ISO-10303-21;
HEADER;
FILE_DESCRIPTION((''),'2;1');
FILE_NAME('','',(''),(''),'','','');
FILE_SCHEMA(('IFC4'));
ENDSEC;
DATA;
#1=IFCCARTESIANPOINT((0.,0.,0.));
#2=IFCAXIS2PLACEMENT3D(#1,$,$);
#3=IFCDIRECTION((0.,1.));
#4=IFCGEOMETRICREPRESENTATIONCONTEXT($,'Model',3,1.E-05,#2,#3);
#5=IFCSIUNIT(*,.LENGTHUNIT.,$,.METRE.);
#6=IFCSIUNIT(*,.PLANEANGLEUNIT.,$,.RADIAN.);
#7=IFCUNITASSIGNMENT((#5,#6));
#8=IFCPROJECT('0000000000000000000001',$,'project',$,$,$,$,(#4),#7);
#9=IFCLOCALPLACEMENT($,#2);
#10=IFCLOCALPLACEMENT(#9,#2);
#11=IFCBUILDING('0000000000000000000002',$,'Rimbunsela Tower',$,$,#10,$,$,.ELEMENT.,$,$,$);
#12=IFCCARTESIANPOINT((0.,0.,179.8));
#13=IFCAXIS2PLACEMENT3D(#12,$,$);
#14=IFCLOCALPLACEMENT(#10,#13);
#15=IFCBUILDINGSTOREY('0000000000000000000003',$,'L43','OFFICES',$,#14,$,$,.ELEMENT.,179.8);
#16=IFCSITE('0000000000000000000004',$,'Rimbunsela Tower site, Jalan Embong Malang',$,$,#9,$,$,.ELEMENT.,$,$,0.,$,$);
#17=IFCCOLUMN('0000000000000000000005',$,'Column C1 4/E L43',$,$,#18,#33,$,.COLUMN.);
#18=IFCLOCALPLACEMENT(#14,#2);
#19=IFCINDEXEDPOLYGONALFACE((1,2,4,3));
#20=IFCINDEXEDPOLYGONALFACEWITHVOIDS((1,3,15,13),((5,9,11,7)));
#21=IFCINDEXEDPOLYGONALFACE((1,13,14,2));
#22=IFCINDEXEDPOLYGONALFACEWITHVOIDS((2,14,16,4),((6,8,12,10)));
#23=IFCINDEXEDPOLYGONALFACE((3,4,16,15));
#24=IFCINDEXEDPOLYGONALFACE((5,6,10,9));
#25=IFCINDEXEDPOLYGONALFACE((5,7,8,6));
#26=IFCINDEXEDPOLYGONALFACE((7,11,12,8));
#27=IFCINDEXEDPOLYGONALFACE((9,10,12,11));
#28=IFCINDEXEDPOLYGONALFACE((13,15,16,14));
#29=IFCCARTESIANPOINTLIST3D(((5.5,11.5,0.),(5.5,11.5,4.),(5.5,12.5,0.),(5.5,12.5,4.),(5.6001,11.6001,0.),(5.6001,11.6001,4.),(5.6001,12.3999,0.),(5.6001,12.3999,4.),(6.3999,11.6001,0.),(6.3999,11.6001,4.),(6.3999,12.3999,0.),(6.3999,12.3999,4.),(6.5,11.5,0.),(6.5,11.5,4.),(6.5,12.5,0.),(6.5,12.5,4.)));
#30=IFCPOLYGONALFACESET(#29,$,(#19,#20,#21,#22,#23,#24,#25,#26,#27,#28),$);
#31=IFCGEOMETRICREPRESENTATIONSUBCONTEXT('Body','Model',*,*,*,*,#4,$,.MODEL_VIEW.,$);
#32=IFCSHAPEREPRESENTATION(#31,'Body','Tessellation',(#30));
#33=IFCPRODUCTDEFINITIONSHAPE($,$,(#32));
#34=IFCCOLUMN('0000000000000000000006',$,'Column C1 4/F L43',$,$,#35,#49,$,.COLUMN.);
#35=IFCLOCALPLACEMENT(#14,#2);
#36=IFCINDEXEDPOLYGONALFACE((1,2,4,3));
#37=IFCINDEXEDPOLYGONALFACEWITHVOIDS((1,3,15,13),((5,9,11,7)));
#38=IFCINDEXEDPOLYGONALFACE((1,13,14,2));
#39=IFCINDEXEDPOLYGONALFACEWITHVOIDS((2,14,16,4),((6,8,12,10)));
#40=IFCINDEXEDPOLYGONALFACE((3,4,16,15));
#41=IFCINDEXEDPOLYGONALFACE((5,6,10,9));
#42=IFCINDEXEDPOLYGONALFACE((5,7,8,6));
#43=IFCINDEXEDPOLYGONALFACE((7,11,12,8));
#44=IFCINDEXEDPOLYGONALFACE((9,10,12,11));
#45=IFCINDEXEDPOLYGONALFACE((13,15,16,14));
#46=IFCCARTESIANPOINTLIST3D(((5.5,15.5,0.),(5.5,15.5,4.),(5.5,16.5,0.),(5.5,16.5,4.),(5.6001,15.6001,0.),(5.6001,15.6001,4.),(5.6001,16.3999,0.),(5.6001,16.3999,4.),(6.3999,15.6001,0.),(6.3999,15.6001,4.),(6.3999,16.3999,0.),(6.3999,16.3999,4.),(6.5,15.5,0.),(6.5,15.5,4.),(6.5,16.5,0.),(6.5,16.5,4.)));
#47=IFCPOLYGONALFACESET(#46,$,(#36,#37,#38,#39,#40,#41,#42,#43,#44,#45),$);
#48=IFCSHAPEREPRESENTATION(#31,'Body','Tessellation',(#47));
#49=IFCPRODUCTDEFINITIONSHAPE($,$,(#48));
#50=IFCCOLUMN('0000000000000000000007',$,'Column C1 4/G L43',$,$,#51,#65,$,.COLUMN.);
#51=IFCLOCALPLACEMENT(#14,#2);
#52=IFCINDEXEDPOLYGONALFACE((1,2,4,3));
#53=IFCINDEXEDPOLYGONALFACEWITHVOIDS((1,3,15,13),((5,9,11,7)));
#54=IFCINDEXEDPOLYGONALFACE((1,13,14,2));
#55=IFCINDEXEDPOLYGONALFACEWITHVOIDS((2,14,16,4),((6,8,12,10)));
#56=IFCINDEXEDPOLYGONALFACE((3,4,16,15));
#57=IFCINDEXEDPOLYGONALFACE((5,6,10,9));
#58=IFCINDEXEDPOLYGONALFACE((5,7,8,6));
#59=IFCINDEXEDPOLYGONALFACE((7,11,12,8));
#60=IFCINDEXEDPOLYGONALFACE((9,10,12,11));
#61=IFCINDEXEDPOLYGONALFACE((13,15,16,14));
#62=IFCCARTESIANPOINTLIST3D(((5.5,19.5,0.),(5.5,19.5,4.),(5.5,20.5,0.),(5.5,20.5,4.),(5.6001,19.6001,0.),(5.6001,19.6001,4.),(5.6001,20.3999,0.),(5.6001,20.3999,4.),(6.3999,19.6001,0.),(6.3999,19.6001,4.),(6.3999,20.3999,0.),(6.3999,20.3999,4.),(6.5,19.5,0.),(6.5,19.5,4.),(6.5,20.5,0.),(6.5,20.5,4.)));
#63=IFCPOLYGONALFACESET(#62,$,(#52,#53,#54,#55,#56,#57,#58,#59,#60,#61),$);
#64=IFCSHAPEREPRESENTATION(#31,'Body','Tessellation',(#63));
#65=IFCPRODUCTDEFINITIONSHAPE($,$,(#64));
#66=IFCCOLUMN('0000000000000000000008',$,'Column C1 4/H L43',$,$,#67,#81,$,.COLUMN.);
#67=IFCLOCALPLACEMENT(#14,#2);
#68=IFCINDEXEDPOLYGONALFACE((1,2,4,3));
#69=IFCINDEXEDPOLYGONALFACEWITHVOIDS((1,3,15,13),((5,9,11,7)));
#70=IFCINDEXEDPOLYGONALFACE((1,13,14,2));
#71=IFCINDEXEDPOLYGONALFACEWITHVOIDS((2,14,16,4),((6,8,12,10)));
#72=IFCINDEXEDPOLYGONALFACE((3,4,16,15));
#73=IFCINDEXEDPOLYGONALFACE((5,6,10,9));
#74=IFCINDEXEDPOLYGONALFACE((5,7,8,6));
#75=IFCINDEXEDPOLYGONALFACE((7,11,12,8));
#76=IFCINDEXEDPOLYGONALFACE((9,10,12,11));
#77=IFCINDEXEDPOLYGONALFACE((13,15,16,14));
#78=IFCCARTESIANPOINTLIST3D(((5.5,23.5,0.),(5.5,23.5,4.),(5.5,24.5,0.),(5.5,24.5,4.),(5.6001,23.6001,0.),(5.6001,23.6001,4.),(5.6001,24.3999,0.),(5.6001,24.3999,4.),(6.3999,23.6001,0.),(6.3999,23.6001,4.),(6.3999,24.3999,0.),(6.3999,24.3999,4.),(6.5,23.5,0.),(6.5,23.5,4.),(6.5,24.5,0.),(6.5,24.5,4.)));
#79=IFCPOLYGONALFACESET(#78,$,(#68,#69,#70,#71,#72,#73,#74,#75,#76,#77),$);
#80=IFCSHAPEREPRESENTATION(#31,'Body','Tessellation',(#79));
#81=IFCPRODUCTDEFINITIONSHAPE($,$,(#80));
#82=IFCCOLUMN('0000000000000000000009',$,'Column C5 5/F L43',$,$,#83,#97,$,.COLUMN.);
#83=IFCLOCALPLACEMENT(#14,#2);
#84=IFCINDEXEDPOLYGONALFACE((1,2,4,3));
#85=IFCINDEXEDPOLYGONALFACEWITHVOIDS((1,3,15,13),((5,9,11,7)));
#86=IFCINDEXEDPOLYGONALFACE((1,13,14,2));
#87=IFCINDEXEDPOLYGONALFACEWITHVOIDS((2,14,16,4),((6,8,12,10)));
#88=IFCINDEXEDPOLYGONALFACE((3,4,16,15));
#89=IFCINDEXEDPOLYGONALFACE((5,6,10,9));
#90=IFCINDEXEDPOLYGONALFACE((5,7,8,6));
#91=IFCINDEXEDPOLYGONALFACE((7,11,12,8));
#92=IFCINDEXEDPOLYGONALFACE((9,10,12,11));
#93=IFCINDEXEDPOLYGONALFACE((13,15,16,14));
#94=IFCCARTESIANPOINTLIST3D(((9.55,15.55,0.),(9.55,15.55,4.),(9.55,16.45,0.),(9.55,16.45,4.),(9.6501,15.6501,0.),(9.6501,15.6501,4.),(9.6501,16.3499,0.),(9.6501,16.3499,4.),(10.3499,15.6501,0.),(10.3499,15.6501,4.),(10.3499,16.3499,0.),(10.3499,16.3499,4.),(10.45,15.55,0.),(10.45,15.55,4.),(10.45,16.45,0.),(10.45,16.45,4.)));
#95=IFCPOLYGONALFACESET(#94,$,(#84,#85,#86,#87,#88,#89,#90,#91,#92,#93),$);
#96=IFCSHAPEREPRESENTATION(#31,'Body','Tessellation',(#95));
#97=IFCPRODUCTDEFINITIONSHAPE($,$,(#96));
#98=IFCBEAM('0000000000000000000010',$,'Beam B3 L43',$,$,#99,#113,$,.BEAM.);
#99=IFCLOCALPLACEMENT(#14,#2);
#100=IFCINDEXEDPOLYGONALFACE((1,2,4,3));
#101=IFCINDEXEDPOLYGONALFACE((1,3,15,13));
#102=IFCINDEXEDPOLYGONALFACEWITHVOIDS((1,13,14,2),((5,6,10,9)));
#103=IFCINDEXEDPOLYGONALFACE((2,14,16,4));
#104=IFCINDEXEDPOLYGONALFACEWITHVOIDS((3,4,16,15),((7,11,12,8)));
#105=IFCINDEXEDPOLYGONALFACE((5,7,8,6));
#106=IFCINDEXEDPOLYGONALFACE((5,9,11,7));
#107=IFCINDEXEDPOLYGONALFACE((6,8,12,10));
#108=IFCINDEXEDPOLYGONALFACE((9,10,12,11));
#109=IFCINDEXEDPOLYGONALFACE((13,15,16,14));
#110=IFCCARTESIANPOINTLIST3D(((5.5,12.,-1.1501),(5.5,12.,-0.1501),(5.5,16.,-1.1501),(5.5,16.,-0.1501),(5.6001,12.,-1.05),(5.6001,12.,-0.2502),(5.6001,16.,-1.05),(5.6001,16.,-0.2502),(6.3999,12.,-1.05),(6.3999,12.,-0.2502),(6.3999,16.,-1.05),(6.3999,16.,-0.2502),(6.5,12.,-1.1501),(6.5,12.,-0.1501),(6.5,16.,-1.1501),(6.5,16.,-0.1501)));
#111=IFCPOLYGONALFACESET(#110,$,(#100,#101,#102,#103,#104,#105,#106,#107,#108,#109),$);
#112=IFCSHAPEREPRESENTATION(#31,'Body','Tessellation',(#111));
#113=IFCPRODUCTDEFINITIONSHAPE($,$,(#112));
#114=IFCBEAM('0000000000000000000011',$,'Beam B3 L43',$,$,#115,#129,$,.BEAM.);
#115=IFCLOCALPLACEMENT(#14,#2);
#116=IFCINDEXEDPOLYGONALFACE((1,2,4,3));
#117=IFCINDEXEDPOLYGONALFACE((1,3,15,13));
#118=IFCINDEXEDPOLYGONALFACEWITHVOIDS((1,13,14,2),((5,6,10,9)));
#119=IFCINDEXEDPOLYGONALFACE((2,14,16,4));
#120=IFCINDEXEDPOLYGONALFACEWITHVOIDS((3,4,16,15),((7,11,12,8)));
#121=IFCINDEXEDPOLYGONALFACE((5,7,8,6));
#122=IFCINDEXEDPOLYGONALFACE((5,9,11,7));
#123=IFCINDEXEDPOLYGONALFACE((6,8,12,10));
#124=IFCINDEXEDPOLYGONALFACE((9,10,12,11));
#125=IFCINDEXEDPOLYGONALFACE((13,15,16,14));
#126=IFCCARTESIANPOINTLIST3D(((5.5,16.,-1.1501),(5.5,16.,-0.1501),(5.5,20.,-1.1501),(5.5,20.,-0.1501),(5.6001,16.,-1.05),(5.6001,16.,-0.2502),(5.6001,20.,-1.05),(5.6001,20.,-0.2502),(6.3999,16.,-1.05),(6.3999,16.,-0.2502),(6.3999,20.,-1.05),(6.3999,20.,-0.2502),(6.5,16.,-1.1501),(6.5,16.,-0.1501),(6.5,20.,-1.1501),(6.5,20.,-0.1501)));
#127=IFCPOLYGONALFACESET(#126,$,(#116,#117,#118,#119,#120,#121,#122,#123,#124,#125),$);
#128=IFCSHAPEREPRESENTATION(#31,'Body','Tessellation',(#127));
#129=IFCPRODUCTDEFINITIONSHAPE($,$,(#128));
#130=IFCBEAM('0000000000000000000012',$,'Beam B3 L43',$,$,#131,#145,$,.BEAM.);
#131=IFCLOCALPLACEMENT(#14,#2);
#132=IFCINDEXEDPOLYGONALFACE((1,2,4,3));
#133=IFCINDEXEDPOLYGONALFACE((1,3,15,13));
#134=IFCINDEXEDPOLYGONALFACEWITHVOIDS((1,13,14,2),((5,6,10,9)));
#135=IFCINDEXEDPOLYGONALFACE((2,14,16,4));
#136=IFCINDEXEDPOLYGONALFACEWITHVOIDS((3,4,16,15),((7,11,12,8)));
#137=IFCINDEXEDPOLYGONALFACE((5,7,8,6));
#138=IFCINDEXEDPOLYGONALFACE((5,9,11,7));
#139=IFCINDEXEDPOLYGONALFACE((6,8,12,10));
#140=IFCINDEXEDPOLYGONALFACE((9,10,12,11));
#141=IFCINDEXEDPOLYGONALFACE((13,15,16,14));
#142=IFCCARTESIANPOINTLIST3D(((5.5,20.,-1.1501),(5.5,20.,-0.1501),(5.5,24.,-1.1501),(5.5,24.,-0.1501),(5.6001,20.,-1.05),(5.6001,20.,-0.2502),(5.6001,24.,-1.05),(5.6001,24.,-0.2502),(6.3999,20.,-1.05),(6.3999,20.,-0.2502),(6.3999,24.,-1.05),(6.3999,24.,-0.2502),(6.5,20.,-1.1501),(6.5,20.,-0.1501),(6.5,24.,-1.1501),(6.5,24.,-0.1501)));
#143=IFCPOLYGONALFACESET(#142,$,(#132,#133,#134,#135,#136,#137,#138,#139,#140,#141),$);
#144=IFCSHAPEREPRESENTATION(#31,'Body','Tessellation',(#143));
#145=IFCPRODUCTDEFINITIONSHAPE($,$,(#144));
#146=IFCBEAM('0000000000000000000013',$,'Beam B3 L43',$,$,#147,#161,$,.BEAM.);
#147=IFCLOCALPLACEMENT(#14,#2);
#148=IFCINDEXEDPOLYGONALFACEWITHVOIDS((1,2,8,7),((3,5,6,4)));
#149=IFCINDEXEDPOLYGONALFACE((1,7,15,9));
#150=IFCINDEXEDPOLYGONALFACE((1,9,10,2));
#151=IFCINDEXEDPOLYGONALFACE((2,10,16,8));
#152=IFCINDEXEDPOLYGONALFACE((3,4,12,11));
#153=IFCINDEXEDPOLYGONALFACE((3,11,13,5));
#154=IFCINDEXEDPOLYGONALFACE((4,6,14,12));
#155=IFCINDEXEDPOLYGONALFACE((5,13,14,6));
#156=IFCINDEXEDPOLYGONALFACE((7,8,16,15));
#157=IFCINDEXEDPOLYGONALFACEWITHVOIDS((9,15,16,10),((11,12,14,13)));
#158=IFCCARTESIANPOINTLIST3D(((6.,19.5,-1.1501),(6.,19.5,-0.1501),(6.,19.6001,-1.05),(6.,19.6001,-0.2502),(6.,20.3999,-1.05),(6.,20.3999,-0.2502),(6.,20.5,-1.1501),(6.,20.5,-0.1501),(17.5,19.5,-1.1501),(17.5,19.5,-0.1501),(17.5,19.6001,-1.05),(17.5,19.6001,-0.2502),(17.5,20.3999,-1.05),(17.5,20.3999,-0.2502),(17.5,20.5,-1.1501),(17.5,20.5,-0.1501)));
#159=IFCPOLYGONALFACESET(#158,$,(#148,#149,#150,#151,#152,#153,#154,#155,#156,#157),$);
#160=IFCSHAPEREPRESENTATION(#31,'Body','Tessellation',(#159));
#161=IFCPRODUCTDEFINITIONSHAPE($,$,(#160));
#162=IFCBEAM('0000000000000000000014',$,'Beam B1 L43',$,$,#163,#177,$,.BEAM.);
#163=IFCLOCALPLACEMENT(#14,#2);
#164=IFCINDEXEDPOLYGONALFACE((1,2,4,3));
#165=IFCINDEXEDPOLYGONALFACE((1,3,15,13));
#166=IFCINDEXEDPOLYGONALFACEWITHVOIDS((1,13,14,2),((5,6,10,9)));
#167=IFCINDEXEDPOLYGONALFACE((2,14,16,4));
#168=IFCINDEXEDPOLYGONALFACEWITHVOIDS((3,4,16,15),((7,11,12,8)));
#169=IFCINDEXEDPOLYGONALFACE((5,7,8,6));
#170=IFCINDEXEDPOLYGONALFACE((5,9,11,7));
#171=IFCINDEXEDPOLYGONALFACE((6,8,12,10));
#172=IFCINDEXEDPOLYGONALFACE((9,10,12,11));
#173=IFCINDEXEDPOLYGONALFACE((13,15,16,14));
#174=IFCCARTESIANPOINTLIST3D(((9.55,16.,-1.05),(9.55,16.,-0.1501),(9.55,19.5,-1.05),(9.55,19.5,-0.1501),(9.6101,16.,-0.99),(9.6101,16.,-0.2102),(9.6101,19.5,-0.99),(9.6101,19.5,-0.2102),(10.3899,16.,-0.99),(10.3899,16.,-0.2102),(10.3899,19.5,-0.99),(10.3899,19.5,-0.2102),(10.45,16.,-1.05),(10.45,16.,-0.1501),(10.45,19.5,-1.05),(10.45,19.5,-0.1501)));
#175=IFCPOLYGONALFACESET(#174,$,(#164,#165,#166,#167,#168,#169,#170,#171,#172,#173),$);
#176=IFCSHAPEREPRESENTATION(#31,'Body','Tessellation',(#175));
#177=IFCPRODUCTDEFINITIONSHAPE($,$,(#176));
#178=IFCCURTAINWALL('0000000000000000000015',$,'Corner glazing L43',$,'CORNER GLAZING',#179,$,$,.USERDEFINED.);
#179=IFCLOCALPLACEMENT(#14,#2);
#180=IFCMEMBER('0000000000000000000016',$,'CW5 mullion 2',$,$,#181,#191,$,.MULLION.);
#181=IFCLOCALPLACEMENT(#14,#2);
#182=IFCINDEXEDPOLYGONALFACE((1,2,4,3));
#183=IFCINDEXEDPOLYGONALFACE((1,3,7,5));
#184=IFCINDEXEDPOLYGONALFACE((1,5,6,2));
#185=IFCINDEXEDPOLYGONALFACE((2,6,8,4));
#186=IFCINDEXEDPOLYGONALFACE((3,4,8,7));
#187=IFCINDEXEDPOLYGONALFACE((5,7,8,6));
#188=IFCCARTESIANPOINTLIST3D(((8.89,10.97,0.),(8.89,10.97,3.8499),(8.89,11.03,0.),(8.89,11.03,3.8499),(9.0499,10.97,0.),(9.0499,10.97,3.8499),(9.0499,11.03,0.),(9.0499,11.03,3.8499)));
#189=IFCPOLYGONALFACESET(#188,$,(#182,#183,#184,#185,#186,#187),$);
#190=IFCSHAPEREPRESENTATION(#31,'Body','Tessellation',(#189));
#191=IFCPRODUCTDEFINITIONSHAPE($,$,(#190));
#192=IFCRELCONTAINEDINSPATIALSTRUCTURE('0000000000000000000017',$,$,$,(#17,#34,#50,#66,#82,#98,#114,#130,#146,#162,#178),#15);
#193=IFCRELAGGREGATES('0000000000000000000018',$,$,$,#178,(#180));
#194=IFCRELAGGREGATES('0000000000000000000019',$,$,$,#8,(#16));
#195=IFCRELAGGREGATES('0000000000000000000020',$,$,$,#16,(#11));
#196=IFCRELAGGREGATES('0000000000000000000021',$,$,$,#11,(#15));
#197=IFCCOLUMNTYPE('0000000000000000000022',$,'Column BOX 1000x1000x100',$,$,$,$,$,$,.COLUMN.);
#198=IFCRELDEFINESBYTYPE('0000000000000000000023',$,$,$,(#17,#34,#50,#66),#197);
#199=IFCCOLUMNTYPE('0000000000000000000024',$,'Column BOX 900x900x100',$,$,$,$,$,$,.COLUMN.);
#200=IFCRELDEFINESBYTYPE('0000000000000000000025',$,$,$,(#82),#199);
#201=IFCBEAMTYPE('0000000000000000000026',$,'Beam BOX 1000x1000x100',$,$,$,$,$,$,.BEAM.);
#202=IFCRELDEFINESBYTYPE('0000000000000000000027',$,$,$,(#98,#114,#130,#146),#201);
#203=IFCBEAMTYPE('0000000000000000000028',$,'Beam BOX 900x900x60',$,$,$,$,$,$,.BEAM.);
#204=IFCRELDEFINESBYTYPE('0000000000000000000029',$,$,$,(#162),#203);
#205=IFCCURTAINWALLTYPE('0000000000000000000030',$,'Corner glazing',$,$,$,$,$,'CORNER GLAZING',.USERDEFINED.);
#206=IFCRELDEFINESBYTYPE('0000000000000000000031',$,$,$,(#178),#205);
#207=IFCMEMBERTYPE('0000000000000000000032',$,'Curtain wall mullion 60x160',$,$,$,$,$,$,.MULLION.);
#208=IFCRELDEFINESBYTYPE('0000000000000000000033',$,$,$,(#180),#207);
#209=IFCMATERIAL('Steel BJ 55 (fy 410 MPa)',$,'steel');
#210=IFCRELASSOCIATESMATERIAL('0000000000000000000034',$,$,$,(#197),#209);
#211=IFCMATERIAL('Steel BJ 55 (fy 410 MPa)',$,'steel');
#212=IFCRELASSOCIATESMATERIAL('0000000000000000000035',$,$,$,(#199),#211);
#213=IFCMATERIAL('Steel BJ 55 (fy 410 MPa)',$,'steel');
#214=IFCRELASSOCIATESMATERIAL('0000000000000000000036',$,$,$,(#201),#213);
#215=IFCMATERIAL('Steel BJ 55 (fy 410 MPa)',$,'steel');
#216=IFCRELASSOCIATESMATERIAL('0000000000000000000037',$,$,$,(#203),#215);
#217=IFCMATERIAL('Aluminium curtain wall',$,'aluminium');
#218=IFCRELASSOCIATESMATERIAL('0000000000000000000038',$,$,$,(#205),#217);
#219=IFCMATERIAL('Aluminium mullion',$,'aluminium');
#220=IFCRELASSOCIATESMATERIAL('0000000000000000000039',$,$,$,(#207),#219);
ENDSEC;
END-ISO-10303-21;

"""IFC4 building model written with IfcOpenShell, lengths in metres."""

from ifc_helpers import new_model, si_unit, direction, frame, origin, origin_2d, place, context, subcontext, project, spatial, rectangle, hollow_rectangle, extrude, material, material_profile, profile_set, type_object, element, aggregate, save


model = new_model("IFC4")

# Units and contexts
model_context = context("Model", 3, precision=1e-05, world=origin(), true_north=direction((0.0, 1.0)))
body_context = subcontext(model_context, "Body", "Model", "MODEL_VIEW")
ifc_project = project(units=[si_unit("LENGTHUNIT", "METRE"), si_unit("PLANEANGLEUNIT", "RADIAN")], contexts=[model_context])

# Site, building, storey
site_placement = place(None, origin())
site = spatial("IfcSite", under=ifc_project, at=site_placement, Name="Rimbunsela Tower site, Jalan Embong Malang", CompositionType="ELEMENT", RefElevation=0.0)
building_placement = place(site_placement, origin())
building = spatial("IfcBuilding", under=site, at=building_placement, Name="Rimbunsela Tower", CompositionType="ELEMENT")
storey_placement = place(building_placement, frame((0.0, 0.0, 179.8)))
storey = spatial("IfcBuildingStorey", under=building, at=storey_placement, Name="L43", Description="OFFICES", CompositionType="ELEMENT", Elevation=179.8)

# Columns
ifc_material_1 = material(Name="Steel BJ 55 (fy 410 MPa)", Category="steel")
ifc_material_profile_1 = material_profile(ifc_material_1, hollow_rectangle(XDim=1.0, YDim=1.0, WallThickness=0.1001, at=origin_2d()), Name="BOX 1000x1000x100")
ifc_profile_set_1 = profile_set([ifc_material_profile_1], Name="Steel BJ 55 (fy 410 MPa)")
column_type_1 = type_object("IfcColumnType", Name="Column BOX 1000x1000x100", PredefinedType="COLUMN", material=ifc_profile_set_1)
for number, where, z_axis, x_axis, name in (
    (1, (6.0, 12.0, 0.0), (0.0, 0.0, 1.0), (1.0, 0.0, 0.0), "Column C1 4/E L43"),
    (2, (6.0, 16.0, 0.0), (0.0, 0.0, 1.0), (1.0, 0.0, 0.0), "Column C1 4/F L43"),
    (3, (6.0, 20.0, 0.0), (0.0, 0.0, 1.0), (1.0, 0.0, 0.0), "Column C1 4/G L43"),
    (4, (6.0, 24.0, 0.0), (0.0, 0.0, 1.0), (1.0, 0.0, 0.0), "Column C1 4/H L43"),
):
    element("IfcColumn", number, at=place(storey_placement, frame(where, z_axis=z_axis, x_axis=x_axis)), inside=storey, type_object=column_type_1, Name=name, PredefinedType="COLUMN", context=body_context, shape_type="SweptSolid", body=[
        extrude(hollow_rectangle(XDim=1.0, YDim=1.0, WallThickness=0.1001, at=origin_2d()), origin(), (0.0, 0.0, 1.0), 4.0),
    ])
ifc_material_2 = material(Name="Steel BJ 55 (fy 410 MPa)", Category="steel")
ifc_material_profile_2 = material_profile(ifc_material_2, hollow_rectangle(XDim=0.8999, YDim=0.8999, WallThickness=0.1001, at=origin_2d()), Name="BOX 900x900x100")
ifc_profile_set_2 = profile_set([ifc_material_profile_2], Name="Steel BJ 55 (fy 410 MPa)")
column_type_2 = type_object("IfcColumnType", Name="Column BOX 900x900x100", PredefinedType="COLUMN", material=ifc_profile_set_2)
column_placement = place(storey_placement, frame((10.0, 16.0, 0.0), z_axis=(0.0, 0.0, 1.0), x_axis=(1.0, 0.0, 0.0)))
element("IfcColumn", 5, at=column_placement, inside=storey, type_object=column_type_2, Name="Column C5 5/F L43", PredefinedType="COLUMN", context=body_context, shape_type="SweptSolid", body=[
    extrude(hollow_rectangle(XDim=0.8999, YDim=0.8999, WallThickness=0.1001, at=origin_2d()), origin(), (0.0, 0.0, 1.0), 4.0),
])

# Beams
ifc_material_3 = material(Name="Steel BJ 55 (fy 410 MPa)", Category="steel")
ifc_material_profile_3 = material_profile(ifc_material_3, hollow_rectangle(XDim=1.0, YDim=1.0, WallThickness=0.1001, at=origin_2d()), Name="BOX 1000x1000x100")
ifc_profile_set_3 = profile_set([ifc_material_profile_3], Name="Steel BJ 55 (fy 410 MPa)")
beam_type_1 = type_object("IfcBeamType", Name="Beam BOX 1000x1000x100", PredefinedType="BEAM", material=ifc_profile_set_3)
for number, where, z_axis, x_axis, name in (
    (6, (6.0, 12.0, -0.6501), (0.0, 1.0, 0.0), (-1.0, 0.0, 0.0), "Beam B3 L43"),
    (7, (6.0, 16.0, -0.6501), (0.0, 1.0, 0.0), (-1.0, 0.0, 0.0), "Beam B3 L43"),
    (8, (6.0, 20.0, -0.6501), (0.0, 1.0, 0.0), (-1.0, 0.0, 0.0), "Beam B3 L43"),
):
    element("IfcBeam", number, at=place(storey_placement, frame(where, z_axis=z_axis, x_axis=x_axis)), inside=storey, type_object=beam_type_1, Name=name, PredefinedType="BEAM", context=body_context, shape_type="SweptSolid", body=[
        extrude(hollow_rectangle(XDim=1.0, YDim=1.0, WallThickness=0.1001, at=origin_2d()), origin(), (0.0, 0.0, 1.0), 4.0),
    ])
beam_1_placement = place(storey_placement, frame((6.0, 20.0, -0.6501), z_axis=(1.0, 0.0, 0.0), x_axis=(0.0, 1.0, 0.0)))
element("IfcBeam", 9, at=beam_1_placement, inside=storey, type_object=beam_type_1, Name="Beam B3 L43", PredefinedType="BEAM", context=body_context, shape_type="SweptSolid", body=[
    extrude(hollow_rectangle(XDim=1.0, YDim=1.0, WallThickness=0.1001, at=origin_2d()), origin(), (0.0, 0.0, 1.0), 11.5),
])
ifc_material_4 = material(Name="Steel BJ 55 (fy 410 MPa)", Category="steel")
ifc_material_profile_4 = material_profile(ifc_material_4, hollow_rectangle(XDim=0.8999, YDim=0.8999, WallThickness=0.0601, at=origin_2d()), Name="BOX 900x900x60")
ifc_profile_set_4 = profile_set([ifc_material_profile_4], Name="Steel BJ 55 (fy 410 MPa)")
beam_type_2 = type_object("IfcBeamType", Name="Beam BOX 900x900x60", PredefinedType="BEAM", material=ifc_profile_set_4)
beam_2_placement = place(storey_placement, frame((10.0, 16.0, -0.6001), z_axis=(0.0, 1.0, 0.0), x_axis=(-1.0, 0.0, 0.0)))
element("IfcBeam", 10, at=beam_2_placement, inside=storey, type_object=beam_type_2, Name="Beam B1 L43", PredefinedType="BEAM", context=body_context, shape_type="SweptSolid", body=[
    extrude(hollow_rectangle(XDim=0.8999, YDim=0.8999, WallThickness=0.0601, at=origin_2d()), origin(), (0.0, 0.0, 1.0), 3.5),
])

# Curtain wall, member
ifc_material_5 = material(Name="Aluminium curtain wall", Category="aluminium")
curtain_wall_type = type_object("IfcCurtainWallType", Name="Corner glazing", ElementType="CORNER GLAZING", PredefinedType="USERDEFINED", material=ifc_material_5)
curtain_wall_placement = place(storey_placement, origin())
curtain_wall = element("IfcCurtainWall", 11, at=curtain_wall_placement, inside=storey, type_object=curtain_wall_type, Name="Corner glazing L43", ObjectType="CORNER GLAZING", PredefinedType="USERDEFINED")
ifc_material_6 = material(Name="Aluminium mullion", Category="aluminium")
ifc_material_profile_5 = material_profile(ifc_material_6, rectangle(XDim=0.0601, YDim=0.1599, at=origin_2d()), Name="Mullion 60x160")
ifc_profile_set_5 = profile_set([ifc_material_profile_5], Name="Aluminium mullion")
member_type = type_object("IfcMemberType", Name="Curtain wall mullion 60x160", PredefinedType="MULLION", material=ifc_profile_set_5)
member_placement = place(storey_placement, frame((8.97, 11.0, 0.0), z_axis=(0.0, 0.0, 1.0), x_axis=(0.0, 1.0, 0.0)))
member = element("IfcMember", 12, at=member_placement, type_object=member_type, Name="CW5 mullion 2", PredefinedType="MULLION", context=body_context, shape_type="SweptSolid", body=[
    extrude(rectangle(XDim=0.0601, YDim=0.1599, at=origin_2d()), origin(), (0.0, 0.0, 1.0), 3.8499),
])
aggregate(curtain_wall, [member])

save(model, "model.ifc")
